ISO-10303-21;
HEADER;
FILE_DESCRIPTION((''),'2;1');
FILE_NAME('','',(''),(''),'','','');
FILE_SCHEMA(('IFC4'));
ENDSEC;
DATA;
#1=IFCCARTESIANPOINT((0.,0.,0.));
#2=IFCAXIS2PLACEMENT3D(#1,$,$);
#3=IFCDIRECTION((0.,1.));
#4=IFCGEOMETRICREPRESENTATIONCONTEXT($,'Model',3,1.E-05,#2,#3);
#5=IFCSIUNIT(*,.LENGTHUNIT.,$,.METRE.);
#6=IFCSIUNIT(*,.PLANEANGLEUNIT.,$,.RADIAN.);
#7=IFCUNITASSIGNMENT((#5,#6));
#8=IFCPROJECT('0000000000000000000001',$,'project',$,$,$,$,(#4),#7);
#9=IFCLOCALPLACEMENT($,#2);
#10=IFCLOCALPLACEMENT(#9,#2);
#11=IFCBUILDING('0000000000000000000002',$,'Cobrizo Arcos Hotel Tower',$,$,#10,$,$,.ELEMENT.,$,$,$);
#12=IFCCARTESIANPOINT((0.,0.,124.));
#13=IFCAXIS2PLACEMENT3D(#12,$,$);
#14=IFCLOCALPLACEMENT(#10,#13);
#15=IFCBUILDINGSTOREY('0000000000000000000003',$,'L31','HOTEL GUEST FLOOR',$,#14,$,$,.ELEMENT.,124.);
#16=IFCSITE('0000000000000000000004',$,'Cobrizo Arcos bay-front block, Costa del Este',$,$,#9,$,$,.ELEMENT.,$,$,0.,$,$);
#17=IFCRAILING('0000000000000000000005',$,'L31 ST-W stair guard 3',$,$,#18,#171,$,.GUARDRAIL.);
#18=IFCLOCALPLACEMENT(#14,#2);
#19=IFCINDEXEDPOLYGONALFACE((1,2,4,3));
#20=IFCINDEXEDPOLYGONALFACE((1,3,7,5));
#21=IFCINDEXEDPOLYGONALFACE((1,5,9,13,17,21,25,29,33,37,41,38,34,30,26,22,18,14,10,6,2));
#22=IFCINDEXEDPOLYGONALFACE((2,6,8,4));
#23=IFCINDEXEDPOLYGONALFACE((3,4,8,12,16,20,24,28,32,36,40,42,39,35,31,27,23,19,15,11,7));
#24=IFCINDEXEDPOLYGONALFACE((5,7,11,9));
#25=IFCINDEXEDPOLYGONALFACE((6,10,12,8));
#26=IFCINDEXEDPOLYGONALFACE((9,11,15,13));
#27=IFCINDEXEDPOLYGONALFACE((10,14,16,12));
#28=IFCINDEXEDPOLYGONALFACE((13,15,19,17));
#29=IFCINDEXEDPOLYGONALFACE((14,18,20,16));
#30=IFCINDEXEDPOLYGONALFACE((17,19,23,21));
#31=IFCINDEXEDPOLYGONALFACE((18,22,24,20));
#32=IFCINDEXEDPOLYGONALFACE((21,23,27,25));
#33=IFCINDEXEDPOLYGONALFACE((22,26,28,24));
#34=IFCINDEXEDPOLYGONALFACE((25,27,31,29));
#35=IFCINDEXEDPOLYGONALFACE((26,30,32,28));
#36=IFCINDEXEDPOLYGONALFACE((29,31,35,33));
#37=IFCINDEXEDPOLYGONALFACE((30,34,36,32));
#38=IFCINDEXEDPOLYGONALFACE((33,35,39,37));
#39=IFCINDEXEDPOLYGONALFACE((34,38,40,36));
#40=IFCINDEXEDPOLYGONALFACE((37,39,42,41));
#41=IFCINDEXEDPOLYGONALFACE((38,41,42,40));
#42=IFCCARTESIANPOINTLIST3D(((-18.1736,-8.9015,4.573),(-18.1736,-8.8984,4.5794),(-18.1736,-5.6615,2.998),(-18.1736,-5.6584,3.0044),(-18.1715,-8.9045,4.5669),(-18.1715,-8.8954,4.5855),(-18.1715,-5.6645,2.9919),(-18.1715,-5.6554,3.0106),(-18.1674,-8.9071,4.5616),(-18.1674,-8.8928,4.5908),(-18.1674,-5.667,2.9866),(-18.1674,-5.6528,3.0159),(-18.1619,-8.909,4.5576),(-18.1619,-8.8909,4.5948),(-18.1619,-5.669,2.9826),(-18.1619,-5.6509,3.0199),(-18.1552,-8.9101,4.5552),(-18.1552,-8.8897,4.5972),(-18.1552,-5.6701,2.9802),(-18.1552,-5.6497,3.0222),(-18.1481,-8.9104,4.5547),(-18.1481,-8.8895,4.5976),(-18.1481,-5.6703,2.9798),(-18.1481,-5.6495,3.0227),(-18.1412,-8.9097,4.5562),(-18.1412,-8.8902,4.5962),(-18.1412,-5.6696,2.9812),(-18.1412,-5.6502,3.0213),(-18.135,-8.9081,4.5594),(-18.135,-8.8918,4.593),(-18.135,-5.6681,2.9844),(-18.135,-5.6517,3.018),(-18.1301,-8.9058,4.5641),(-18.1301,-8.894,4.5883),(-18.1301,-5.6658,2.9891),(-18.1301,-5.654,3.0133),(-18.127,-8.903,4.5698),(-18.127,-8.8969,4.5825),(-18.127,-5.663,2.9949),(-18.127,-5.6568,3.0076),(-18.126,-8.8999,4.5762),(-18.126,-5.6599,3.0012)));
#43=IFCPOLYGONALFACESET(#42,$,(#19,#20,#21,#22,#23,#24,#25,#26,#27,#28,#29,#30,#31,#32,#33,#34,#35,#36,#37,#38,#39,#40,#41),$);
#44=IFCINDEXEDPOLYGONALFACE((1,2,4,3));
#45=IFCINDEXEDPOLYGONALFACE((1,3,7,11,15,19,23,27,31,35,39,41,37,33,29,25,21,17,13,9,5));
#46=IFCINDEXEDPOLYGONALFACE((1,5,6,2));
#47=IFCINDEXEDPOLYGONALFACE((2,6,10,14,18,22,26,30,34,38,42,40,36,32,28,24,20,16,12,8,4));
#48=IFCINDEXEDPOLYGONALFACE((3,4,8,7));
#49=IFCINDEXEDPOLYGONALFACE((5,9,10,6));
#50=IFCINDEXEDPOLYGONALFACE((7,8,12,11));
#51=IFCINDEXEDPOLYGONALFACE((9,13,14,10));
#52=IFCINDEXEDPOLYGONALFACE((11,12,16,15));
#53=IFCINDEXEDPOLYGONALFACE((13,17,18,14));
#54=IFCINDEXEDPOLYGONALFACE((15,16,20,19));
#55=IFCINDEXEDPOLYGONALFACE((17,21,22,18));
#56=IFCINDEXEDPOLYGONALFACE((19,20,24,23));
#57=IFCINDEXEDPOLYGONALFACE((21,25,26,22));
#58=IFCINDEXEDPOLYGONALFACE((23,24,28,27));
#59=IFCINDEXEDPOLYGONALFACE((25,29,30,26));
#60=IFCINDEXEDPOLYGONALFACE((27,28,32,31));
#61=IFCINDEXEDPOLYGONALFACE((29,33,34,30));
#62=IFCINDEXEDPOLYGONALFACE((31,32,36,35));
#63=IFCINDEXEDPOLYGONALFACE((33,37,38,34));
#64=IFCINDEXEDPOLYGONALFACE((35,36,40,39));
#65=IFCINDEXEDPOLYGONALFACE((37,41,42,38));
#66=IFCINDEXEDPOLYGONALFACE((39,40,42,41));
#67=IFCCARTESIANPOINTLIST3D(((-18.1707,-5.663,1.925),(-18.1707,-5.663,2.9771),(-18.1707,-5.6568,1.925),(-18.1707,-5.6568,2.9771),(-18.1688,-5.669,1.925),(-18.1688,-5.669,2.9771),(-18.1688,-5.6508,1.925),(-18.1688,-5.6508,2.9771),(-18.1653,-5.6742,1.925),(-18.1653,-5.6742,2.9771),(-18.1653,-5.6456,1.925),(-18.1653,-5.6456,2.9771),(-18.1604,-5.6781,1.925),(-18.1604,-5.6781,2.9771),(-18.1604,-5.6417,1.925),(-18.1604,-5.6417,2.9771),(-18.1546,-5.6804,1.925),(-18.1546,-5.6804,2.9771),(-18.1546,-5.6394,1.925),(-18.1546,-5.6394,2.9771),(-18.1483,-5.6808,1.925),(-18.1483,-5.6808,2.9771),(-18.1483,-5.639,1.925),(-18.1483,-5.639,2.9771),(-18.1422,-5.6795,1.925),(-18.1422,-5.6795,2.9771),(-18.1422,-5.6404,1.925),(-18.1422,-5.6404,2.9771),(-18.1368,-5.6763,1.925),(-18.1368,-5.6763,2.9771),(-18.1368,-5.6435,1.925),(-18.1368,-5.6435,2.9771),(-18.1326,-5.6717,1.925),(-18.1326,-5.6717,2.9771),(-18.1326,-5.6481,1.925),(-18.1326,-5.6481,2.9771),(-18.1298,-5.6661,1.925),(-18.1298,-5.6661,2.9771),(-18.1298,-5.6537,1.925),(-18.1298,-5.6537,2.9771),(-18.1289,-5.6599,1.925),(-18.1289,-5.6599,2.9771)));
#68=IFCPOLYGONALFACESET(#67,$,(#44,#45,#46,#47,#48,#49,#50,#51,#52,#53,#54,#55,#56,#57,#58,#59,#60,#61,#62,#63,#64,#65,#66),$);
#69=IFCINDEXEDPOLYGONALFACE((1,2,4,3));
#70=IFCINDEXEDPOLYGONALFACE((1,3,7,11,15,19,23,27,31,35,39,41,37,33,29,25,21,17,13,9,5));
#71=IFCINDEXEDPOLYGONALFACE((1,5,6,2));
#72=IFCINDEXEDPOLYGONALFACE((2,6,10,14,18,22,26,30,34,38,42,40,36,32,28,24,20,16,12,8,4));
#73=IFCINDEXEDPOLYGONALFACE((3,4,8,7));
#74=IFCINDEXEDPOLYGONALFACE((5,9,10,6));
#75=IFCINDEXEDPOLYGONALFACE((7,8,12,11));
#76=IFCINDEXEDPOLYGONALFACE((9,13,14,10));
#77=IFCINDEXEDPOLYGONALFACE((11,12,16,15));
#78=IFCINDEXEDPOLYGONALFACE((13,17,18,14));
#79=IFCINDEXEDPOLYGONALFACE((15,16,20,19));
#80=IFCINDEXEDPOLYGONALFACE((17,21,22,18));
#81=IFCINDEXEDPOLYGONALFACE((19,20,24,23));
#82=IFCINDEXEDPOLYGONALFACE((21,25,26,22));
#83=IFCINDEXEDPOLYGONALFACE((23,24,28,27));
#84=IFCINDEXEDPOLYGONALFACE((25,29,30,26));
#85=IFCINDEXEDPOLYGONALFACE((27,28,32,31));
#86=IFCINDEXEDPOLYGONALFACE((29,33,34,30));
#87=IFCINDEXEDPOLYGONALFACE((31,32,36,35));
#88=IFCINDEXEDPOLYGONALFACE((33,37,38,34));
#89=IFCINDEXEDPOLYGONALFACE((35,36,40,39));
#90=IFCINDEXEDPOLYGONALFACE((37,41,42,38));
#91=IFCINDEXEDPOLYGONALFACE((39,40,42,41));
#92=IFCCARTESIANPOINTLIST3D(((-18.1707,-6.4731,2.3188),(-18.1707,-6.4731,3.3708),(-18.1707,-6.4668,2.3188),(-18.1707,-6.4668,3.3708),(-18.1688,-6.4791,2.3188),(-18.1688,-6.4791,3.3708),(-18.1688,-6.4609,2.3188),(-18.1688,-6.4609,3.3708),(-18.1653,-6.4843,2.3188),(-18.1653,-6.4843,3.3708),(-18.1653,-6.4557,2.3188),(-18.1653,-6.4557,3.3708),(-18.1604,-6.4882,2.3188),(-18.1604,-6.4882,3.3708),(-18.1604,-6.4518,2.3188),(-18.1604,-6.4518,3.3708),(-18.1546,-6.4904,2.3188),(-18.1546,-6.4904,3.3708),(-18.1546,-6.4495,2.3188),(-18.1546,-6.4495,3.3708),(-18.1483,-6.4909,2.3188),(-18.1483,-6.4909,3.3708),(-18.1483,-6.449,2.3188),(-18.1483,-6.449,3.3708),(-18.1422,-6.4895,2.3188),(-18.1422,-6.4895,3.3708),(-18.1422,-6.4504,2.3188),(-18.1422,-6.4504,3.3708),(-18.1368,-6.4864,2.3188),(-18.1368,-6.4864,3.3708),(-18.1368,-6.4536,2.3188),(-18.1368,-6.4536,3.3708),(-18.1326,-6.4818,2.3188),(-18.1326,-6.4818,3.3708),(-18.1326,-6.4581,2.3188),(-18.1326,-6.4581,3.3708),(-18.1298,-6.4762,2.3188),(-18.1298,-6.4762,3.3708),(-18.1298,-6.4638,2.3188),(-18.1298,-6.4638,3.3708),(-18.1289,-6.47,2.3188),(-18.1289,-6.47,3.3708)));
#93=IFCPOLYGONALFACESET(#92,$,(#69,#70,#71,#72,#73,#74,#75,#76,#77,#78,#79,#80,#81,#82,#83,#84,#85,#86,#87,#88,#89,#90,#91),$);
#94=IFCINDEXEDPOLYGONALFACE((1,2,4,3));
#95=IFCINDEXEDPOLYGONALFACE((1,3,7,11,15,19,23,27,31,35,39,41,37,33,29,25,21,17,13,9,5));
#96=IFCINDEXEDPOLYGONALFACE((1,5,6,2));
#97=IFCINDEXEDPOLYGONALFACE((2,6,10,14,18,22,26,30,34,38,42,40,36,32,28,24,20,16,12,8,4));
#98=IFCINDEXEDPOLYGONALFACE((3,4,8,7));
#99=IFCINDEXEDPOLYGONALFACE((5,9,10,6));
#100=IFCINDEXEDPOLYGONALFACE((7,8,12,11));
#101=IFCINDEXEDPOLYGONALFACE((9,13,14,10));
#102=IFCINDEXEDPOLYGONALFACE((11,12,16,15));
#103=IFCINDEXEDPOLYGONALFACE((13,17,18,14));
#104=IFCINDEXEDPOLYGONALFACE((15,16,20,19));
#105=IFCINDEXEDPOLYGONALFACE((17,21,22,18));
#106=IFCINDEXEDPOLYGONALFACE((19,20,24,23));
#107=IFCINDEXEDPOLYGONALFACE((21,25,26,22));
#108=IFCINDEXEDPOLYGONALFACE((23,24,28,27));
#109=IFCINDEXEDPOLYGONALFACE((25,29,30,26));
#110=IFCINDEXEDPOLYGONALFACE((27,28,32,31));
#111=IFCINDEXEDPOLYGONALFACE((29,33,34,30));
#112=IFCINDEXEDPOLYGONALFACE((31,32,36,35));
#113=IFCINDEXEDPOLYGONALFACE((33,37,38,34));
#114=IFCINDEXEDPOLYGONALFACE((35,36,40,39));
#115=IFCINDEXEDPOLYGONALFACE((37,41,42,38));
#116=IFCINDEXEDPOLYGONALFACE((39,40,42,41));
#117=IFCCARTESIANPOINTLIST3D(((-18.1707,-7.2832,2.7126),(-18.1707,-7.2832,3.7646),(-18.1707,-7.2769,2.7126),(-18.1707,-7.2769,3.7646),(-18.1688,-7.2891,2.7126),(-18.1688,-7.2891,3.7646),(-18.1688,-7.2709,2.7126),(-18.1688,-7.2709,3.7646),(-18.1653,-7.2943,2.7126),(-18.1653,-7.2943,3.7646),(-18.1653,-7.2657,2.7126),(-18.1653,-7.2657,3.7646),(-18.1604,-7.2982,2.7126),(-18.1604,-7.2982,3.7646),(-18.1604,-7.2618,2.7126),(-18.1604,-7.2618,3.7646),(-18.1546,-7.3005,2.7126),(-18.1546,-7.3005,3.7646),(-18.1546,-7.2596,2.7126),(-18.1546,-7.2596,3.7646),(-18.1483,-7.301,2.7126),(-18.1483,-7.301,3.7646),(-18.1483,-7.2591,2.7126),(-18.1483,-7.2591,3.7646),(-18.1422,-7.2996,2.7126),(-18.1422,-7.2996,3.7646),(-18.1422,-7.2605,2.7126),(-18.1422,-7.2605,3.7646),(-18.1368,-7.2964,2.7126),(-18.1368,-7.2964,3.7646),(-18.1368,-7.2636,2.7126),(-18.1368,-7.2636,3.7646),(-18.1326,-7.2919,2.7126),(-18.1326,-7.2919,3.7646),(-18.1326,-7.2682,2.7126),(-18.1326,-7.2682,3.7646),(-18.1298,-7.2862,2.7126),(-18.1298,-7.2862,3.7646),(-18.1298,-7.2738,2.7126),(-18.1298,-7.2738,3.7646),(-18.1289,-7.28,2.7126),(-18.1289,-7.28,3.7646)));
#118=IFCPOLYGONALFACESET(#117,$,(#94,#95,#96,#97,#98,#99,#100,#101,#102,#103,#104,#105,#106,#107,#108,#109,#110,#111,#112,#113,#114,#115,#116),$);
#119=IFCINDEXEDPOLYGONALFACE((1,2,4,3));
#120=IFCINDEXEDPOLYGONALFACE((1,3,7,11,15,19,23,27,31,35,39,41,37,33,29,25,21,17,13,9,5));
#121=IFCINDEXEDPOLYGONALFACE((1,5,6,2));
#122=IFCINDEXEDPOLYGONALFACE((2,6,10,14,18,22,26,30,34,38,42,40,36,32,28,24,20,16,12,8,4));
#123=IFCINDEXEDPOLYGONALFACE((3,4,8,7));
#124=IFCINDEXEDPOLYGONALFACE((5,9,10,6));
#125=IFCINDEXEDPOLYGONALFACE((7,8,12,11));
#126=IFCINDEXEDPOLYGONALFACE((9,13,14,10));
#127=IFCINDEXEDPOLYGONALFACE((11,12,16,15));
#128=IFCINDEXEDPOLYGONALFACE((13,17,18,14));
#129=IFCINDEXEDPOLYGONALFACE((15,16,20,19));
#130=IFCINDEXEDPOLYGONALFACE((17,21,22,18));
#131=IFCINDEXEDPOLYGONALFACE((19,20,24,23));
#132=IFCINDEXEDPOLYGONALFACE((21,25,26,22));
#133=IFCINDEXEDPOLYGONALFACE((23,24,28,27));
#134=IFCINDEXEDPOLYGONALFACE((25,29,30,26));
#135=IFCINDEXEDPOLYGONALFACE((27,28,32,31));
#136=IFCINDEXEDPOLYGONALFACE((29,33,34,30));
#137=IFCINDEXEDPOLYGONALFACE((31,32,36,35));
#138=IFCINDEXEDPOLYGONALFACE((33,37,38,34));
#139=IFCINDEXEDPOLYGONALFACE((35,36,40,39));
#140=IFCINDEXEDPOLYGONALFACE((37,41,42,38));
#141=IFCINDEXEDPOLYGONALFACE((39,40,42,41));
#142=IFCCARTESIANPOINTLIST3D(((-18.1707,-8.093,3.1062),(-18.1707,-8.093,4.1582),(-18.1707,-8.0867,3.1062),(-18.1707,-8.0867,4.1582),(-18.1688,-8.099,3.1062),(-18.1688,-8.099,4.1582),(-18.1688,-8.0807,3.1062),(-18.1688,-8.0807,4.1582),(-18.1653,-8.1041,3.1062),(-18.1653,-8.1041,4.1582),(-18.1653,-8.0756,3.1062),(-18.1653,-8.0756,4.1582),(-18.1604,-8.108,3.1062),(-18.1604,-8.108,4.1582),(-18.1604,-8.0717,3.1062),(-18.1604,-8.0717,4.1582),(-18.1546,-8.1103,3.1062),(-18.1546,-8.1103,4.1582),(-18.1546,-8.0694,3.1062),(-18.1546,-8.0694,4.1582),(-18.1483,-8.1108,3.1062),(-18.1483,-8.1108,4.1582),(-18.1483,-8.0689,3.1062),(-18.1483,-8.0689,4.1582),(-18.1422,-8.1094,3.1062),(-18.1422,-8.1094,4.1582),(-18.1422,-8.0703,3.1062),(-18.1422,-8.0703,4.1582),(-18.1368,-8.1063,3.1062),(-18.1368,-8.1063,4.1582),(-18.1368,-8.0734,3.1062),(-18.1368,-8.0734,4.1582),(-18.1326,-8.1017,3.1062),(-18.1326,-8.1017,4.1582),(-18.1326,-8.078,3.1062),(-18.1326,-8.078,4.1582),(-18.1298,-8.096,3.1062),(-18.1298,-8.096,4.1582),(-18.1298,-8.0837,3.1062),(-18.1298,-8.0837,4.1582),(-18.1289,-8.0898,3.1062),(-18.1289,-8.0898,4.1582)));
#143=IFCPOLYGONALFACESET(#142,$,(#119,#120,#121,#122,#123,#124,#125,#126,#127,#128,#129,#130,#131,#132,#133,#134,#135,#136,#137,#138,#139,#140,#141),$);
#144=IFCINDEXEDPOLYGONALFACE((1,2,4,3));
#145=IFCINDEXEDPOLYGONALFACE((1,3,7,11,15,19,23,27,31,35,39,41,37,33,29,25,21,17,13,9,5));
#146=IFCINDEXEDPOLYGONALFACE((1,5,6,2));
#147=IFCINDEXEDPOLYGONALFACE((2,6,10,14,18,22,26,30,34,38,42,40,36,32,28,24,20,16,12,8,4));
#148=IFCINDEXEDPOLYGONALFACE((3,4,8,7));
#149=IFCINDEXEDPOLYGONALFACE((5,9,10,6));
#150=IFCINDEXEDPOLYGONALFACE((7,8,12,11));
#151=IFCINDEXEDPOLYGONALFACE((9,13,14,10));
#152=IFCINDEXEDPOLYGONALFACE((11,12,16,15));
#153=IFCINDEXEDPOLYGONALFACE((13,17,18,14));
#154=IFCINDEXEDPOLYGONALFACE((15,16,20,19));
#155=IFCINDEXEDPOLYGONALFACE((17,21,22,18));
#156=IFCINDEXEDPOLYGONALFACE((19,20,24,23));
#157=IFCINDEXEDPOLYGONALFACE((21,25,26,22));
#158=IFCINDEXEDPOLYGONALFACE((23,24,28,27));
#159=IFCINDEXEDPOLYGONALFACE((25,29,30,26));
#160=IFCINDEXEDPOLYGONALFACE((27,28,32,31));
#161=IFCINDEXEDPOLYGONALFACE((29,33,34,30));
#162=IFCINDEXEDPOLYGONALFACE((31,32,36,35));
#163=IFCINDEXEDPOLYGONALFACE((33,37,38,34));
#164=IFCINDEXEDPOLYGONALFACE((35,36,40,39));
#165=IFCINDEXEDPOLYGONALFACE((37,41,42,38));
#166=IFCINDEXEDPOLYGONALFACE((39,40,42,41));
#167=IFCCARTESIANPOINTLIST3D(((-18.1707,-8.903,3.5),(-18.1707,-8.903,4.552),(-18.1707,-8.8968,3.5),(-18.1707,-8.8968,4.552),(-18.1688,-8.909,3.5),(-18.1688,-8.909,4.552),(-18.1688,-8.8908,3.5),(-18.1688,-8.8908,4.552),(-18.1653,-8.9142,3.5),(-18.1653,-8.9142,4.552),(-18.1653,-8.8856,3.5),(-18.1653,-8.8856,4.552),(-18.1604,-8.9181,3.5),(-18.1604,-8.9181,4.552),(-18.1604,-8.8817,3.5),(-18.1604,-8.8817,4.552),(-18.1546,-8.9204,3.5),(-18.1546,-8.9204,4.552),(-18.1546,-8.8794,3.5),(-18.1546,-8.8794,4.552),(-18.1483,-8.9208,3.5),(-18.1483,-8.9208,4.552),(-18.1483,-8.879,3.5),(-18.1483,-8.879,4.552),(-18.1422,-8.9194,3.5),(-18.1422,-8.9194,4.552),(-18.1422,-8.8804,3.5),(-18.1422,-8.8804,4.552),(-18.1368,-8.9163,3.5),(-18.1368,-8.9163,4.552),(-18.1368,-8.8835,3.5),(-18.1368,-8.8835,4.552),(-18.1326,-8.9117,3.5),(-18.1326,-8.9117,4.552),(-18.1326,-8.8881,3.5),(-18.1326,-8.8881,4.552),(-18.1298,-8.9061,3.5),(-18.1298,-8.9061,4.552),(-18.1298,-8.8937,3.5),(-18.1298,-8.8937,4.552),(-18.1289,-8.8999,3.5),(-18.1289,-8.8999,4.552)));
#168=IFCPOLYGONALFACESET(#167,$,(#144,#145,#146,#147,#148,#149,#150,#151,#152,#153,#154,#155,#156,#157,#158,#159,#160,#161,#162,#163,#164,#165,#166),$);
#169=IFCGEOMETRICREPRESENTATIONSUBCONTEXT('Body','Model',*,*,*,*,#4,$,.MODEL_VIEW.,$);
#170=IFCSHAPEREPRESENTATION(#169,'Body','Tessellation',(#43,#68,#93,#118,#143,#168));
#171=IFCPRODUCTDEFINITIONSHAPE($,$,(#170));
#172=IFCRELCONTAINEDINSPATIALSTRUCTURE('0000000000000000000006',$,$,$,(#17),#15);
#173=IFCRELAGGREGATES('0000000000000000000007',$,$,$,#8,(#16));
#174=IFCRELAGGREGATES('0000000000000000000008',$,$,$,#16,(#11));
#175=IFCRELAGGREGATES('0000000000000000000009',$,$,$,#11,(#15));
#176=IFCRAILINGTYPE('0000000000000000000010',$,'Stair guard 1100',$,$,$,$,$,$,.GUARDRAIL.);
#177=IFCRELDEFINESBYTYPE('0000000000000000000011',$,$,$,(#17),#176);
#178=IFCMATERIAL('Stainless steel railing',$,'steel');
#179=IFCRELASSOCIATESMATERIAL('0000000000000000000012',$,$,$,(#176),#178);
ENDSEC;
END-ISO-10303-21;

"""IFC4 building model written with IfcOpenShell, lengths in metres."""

from ifc_helpers import new_model, si_unit, direction, frame, origin, origin_2d, place, context, subcontext, project, spatial, circle, extrude, material, type_object, element, save


model = new_model("IFC4")

# Units and contexts
model_context = context("Model", 3, precision=1e-05, world=origin(), true_north=direction((0.0, 1.0)))
body_context = subcontext(model_context, "Body", "Model", "MODEL_VIEW")
ifc_project = project(units=[si_unit("LENGTHUNIT", "METRE"), si_unit("PLANEANGLEUNIT", "RADIAN")], contexts=[model_context])

# Site, building, storey
site_placement = place(None, origin())
site = spatial("IfcSite", under=ifc_project, at=site_placement, Name="Cobrizo Arcos bay-front block, Costa del Este", CompositionType="ELEMENT", RefElevation=0.0)
building_placement = place(site_placement, origin())
building = spatial("IfcBuilding", under=site, at=building_placement, Name="Cobrizo Arcos Hotel Tower", CompositionType="ELEMENT")
storey_placement = place(building_placement, frame((0.0, 0.0, 124.0)))
storey = spatial("IfcBuildingStorey", under=building, at=storey_placement, Name="L31", Description="HOTEL GUEST FLOOR", CompositionType="ELEMENT", Elevation=124.0)

# Railing
ifc_material_1 = material(Name="Stainless steel railing", Category="steel")
railing_type_1 = type_object("IfcRailingType", Name="Stair guard 1100", PredefinedType="GUARDRAIL", material=ifc_material_1)
railing_1_placement = place(storey_placement, frame((-18.1499, -5.6599, 1.925)))
element("IfcRailing", 1, at=railing_1_placement, inside=storey, type_object=railing_type_1, Name="L31 ST-W stair guard 3", PredefinedType="GUARDRAIL", context=body_context, shape_type="SweptSolid", body=[
    extrude(circle(Radius=0.0239, at=origin_2d()), frame((0.0, 0.0, 1.0762), z_axis=(0.0, -0.899373, 0.437183), x_axis=(1.0, 0.0, 0.0)), (0.0, 0.0, 1.0), 3.6025),
    extrude(circle(Radius=0.021, at=origin_2d()), origin(), (0.0, 0.0, 1.0), 1.052),
    extrude(circle(Radius=0.021, at=origin_2d()), frame((0.0, -0.8101, 0.3938)), (0.0, 0.0, 1.0), 1.052),
    extrude(circle(Radius=0.021, at=origin_2d()), frame((0.0, -1.6201, 0.7876)), (0.0, 0.0, 1.0), 1.052),
    extrude(circle(Radius=0.021, at=origin_2d()), frame((0.0, -2.4299, 1.1812)), (0.0, 0.0, 1.0), 1.052),
    extrude(circle(Radius=0.021, at=origin_2d()), frame((0.0, -3.24, 1.575)), (0.0, 0.0, 1.0), 1.052),
])

save(model, "model.ifc")
